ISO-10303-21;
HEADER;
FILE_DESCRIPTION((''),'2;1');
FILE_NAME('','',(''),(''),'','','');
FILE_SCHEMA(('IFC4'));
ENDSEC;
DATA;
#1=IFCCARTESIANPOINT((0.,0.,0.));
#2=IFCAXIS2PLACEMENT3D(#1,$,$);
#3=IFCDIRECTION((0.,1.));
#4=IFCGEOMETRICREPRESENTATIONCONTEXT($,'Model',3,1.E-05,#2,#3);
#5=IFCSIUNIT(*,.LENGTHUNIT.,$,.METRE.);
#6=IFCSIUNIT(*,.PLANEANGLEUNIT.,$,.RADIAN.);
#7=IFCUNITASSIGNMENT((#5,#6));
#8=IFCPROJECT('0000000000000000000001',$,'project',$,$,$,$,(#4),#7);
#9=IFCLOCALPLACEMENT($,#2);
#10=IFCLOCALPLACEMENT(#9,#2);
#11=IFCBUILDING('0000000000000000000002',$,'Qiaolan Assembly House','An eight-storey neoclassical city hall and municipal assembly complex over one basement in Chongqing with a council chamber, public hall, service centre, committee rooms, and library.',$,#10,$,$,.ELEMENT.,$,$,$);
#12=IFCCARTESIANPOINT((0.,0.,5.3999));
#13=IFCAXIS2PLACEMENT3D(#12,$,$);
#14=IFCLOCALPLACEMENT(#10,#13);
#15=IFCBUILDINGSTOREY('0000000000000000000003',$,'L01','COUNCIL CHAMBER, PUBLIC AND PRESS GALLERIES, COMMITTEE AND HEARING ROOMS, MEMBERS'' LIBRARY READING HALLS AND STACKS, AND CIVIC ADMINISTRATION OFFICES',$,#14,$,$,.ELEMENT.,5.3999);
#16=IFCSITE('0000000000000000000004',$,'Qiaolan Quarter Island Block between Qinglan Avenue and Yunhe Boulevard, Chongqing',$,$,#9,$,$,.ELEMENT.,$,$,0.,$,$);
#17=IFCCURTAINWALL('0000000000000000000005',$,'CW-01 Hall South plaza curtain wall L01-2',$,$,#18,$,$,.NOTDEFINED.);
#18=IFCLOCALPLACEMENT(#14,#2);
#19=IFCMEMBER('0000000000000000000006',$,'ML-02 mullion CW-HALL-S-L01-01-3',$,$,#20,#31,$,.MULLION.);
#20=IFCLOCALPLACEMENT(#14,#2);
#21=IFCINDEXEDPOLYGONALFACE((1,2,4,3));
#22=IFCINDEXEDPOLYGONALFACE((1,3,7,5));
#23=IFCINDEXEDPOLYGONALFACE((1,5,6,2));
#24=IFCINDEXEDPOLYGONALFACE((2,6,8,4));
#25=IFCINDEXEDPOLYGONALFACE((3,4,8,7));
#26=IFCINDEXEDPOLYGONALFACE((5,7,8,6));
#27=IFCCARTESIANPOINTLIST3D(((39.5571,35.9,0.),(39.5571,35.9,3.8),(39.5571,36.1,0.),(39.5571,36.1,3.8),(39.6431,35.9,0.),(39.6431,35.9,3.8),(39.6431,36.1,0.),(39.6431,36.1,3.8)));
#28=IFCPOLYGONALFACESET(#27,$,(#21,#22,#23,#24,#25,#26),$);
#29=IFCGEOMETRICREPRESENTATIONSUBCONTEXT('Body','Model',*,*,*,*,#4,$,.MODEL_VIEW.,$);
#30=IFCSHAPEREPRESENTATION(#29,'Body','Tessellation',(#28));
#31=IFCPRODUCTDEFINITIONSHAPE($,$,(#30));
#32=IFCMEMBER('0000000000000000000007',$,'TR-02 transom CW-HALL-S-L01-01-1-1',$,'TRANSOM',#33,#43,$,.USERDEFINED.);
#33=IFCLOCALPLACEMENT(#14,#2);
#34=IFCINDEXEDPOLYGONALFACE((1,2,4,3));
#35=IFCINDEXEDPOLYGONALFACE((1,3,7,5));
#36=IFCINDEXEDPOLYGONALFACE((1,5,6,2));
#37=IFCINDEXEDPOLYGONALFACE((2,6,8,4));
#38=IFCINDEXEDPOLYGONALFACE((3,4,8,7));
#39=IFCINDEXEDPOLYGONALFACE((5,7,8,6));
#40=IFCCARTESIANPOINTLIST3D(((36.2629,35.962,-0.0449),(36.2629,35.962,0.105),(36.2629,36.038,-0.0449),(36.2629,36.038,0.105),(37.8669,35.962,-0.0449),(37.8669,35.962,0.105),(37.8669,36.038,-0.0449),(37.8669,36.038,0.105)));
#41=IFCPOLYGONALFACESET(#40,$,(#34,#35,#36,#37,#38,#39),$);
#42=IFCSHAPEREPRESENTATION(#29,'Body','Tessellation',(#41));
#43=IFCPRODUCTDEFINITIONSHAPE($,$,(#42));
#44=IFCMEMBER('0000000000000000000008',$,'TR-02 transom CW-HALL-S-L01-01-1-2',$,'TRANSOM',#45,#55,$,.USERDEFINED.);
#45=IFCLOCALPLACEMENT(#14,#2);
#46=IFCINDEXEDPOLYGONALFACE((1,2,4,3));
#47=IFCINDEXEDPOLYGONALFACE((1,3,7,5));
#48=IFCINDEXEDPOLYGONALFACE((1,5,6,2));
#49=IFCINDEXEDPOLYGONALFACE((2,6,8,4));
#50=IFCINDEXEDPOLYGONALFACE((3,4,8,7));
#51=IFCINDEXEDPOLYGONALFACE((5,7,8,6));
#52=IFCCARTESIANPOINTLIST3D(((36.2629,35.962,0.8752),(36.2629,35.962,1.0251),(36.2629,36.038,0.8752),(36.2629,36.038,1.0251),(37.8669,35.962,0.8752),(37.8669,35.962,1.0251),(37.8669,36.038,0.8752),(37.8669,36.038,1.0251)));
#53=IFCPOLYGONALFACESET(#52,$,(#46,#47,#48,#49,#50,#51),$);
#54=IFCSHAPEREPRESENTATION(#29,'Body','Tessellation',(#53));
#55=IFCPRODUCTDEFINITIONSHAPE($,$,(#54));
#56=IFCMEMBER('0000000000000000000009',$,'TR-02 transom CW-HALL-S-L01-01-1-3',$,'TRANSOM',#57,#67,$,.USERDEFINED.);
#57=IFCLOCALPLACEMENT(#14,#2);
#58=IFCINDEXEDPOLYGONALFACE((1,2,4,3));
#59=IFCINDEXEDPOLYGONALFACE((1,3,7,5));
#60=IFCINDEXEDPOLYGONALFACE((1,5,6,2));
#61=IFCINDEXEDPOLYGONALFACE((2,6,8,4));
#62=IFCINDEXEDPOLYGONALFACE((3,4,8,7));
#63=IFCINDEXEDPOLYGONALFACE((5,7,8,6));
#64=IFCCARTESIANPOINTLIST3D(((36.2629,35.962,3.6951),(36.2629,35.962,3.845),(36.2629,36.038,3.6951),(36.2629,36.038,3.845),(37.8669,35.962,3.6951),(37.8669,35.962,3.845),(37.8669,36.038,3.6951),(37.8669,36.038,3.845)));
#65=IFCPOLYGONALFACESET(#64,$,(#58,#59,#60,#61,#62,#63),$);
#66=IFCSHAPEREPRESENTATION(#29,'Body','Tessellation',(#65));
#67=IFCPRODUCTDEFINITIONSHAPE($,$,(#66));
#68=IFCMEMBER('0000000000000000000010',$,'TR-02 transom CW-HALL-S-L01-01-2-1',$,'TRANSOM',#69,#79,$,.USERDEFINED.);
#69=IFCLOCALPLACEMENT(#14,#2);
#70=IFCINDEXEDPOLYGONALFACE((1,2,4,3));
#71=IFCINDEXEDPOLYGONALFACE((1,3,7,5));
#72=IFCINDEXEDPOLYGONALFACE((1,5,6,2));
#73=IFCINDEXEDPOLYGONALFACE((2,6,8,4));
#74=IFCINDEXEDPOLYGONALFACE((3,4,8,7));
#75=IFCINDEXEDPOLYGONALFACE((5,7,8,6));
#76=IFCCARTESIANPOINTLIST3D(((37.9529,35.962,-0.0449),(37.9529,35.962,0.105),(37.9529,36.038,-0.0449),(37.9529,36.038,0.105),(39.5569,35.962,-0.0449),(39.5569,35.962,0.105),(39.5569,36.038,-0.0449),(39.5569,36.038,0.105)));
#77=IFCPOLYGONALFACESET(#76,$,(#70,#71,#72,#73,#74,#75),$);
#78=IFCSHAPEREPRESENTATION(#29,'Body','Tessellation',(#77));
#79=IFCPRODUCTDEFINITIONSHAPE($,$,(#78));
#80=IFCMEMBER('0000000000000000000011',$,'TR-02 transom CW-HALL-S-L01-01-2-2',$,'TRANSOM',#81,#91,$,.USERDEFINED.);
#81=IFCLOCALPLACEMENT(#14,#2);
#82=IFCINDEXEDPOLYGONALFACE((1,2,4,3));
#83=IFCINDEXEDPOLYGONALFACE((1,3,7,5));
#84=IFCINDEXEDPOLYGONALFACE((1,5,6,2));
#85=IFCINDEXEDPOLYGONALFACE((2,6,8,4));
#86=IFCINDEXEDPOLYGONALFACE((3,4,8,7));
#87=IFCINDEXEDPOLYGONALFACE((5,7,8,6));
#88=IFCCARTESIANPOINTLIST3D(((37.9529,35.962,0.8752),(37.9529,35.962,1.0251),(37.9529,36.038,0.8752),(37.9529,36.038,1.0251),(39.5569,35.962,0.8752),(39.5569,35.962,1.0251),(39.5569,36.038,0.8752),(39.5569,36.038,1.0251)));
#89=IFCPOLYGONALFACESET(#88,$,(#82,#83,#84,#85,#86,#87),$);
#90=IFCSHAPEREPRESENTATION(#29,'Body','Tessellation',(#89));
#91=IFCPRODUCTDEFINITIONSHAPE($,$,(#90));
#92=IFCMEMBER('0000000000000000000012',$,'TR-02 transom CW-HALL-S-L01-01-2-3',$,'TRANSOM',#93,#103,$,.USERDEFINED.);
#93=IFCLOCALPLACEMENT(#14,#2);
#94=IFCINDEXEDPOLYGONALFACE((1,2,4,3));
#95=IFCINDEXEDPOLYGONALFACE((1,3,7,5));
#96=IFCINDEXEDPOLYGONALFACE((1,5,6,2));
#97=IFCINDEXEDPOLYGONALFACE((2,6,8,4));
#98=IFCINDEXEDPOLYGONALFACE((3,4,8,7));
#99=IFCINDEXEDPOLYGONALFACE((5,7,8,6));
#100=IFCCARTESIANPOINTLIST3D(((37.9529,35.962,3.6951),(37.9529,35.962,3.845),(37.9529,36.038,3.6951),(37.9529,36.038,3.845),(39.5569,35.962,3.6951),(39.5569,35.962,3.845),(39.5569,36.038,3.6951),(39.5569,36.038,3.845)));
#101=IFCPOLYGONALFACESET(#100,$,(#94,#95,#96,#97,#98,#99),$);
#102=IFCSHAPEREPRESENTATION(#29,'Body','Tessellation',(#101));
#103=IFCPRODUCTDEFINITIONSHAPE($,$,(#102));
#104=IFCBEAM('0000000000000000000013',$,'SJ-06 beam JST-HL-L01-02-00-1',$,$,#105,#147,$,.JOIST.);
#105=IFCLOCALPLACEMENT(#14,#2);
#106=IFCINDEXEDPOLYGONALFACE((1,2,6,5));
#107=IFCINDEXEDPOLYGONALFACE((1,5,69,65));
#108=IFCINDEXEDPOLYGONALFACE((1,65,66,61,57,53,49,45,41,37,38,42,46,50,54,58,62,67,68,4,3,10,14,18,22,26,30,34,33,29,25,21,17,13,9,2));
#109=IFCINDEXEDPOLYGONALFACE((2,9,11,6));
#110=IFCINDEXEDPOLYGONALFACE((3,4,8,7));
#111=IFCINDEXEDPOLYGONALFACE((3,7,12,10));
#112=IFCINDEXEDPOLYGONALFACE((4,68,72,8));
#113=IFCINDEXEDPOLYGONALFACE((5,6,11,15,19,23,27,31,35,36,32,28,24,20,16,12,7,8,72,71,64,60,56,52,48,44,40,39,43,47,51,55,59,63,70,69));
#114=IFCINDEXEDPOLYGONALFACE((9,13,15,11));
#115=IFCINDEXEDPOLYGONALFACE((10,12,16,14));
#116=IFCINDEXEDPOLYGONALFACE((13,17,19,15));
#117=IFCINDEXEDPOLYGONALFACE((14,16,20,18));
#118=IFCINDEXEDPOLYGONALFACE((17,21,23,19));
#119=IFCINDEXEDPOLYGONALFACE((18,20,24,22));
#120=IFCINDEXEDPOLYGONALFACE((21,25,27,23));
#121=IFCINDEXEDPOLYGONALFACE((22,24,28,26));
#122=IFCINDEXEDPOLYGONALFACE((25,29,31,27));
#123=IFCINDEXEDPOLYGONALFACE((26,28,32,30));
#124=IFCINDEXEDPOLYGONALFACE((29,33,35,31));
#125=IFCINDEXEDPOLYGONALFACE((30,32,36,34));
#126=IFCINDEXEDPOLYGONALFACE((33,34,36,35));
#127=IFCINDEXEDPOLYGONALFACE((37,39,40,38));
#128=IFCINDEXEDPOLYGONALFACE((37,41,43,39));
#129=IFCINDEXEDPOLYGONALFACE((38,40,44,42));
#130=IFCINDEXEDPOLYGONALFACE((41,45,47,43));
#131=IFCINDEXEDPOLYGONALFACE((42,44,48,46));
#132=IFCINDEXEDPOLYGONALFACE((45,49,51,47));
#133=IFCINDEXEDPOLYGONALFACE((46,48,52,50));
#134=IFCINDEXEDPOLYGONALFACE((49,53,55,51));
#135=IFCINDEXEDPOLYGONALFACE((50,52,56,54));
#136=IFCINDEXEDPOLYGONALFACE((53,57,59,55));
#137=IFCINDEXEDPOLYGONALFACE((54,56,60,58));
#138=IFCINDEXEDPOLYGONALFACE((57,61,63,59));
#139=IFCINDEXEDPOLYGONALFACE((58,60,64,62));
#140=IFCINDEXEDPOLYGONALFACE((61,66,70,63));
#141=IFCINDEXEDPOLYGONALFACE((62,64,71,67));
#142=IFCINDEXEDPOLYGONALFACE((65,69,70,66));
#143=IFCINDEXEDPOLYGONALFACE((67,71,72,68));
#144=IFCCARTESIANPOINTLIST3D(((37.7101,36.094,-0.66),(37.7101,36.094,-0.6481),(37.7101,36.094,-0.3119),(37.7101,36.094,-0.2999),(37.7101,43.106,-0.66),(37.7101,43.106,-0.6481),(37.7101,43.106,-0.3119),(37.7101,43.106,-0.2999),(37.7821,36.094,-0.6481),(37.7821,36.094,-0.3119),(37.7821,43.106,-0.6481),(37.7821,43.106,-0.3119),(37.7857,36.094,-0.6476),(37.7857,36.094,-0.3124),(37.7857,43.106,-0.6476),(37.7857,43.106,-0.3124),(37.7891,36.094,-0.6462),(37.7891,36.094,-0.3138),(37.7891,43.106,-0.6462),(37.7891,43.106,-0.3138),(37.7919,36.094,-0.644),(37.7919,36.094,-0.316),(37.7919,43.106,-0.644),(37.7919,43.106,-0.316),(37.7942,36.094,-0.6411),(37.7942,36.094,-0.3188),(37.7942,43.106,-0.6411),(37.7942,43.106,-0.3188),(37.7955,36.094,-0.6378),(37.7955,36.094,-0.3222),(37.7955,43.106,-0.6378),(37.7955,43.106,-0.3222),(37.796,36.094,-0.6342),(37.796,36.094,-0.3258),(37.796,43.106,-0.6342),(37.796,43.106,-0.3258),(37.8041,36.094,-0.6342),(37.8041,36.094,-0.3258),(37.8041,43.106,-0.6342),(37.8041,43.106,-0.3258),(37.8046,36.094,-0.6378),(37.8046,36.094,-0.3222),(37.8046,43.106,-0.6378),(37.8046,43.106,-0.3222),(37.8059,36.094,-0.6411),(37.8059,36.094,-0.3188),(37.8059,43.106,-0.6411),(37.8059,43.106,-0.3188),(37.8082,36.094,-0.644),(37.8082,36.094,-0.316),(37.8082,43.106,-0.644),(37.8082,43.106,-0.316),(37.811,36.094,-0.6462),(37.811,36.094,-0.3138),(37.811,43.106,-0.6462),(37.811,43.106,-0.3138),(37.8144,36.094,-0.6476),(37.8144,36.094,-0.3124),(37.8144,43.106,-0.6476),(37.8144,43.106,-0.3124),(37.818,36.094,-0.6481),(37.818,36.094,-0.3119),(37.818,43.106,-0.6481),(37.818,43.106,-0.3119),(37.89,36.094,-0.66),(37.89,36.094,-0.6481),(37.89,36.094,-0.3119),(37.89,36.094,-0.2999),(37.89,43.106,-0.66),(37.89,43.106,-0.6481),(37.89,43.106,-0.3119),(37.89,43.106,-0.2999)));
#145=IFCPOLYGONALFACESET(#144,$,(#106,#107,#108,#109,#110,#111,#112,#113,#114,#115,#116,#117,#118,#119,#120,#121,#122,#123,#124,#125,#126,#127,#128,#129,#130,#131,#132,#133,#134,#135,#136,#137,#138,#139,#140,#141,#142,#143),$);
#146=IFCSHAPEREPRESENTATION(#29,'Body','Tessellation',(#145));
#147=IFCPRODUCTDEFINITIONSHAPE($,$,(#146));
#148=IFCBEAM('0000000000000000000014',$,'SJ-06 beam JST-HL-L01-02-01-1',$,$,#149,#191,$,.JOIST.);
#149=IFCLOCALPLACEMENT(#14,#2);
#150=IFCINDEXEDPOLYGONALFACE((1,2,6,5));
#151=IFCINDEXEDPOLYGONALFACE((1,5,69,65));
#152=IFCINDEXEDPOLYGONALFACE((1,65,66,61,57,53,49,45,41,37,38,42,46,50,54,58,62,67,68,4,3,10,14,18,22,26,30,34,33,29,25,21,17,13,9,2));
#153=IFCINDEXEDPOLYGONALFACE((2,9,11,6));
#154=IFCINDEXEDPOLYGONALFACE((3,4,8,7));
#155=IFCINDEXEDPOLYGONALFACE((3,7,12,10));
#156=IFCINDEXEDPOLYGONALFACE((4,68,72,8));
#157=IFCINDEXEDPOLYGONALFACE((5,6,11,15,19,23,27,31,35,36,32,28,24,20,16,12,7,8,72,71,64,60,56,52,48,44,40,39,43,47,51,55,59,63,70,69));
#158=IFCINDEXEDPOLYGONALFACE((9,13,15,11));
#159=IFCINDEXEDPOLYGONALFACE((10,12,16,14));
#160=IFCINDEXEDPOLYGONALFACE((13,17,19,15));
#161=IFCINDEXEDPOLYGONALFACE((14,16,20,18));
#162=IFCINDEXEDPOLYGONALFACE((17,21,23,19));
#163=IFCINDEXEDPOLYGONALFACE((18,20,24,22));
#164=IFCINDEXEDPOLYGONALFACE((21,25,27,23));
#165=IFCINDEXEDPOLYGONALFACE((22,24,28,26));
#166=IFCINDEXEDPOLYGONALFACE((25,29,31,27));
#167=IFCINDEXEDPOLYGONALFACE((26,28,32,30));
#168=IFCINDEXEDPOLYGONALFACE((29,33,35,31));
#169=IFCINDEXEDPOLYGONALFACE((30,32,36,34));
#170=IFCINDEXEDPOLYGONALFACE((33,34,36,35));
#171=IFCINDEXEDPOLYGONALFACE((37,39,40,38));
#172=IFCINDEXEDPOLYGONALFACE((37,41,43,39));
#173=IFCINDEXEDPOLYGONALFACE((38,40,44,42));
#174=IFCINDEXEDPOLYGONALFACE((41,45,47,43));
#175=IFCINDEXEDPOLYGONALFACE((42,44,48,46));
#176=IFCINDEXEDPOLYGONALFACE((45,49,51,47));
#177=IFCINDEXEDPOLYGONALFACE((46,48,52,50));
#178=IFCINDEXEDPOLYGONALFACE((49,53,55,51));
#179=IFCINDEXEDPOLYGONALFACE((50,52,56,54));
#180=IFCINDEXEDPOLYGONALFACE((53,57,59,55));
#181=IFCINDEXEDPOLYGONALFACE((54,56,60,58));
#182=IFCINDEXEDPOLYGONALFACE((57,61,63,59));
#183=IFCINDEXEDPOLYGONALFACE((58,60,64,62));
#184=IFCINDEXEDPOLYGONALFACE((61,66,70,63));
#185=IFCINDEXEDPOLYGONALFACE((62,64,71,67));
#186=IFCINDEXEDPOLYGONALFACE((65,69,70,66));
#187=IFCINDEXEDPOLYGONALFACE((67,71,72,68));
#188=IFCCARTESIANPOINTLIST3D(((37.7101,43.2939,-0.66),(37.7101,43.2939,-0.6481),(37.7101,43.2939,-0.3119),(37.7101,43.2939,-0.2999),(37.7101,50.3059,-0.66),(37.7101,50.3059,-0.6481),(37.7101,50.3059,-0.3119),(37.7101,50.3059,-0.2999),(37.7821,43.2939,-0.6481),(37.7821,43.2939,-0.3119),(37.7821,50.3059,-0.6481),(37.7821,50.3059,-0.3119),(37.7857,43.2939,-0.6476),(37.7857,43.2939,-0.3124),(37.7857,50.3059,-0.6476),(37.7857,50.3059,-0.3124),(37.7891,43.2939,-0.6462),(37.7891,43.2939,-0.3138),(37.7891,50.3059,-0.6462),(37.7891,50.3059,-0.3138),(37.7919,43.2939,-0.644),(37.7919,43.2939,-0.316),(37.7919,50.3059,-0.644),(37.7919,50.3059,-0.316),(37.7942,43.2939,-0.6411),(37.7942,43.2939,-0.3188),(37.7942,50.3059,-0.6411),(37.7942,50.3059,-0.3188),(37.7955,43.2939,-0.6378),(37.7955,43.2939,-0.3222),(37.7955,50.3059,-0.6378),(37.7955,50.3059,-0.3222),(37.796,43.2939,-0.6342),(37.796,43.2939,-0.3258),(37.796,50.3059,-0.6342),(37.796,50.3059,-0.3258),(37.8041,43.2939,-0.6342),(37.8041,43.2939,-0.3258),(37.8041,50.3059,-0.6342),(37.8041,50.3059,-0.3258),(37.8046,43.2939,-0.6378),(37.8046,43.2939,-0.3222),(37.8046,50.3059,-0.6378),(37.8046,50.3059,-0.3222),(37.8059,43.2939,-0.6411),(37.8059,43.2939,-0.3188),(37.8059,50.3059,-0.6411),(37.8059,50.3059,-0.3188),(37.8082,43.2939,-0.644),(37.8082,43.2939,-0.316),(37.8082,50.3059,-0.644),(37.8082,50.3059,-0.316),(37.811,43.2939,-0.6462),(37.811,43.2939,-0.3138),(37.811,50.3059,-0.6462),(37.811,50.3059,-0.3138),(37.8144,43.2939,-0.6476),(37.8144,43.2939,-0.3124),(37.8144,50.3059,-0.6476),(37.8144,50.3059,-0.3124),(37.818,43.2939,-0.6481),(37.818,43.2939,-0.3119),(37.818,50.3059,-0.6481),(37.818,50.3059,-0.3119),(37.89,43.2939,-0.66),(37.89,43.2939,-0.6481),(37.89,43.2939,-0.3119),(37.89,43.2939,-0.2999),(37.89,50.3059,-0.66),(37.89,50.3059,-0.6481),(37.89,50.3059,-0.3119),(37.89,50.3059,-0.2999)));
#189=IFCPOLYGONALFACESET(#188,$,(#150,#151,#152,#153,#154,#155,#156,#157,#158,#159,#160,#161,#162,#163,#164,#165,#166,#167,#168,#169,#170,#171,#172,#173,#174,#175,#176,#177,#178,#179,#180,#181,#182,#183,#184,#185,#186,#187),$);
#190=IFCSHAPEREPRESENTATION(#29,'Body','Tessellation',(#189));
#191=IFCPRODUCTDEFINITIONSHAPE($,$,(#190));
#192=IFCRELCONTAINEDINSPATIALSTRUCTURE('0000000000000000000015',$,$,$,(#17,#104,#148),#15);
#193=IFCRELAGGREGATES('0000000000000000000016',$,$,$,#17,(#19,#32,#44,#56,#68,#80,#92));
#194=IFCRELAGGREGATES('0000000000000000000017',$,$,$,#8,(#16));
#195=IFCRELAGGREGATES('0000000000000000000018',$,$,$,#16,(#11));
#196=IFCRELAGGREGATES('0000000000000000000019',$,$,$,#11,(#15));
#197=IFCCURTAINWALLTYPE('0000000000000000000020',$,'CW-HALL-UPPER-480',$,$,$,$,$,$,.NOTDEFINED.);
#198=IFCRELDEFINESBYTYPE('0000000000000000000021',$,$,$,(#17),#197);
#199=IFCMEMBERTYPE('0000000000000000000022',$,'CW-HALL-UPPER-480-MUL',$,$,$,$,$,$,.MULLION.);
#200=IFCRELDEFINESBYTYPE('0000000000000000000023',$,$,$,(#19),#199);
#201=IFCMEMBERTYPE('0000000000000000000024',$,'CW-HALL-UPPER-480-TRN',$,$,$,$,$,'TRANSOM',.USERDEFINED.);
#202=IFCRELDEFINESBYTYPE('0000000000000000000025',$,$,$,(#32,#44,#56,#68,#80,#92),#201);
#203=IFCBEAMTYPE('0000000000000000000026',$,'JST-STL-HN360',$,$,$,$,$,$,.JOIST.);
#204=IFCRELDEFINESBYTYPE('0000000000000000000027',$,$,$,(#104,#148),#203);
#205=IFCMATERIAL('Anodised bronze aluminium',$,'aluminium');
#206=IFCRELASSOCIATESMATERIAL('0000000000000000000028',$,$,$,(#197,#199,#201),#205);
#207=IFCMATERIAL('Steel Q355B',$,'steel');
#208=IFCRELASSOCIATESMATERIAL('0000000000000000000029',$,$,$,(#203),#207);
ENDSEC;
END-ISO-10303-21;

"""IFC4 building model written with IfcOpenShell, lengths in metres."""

from ifc_helpers import new_model, si_unit, direction, frame, origin, origin_2d, place, context, subcontext, project, spatial, rectangle, i_section, extrude, material, material_profile, profile_set, type_object, element, aggregate, save


model = new_model("IFC4")

# Units and contexts
model_context = context("Model", 3, precision=1e-05, world=origin(), true_north=direction((0.0, 1.0)))
body_context = subcontext(model_context, "Body", "Model", "MODEL_VIEW")
ifc_project = project(units=[si_unit("LENGTHUNIT", "METRE"), si_unit("PLANEANGLEUNIT", "RADIAN")], contexts=[model_context])

# Site, building, storey
site_placement = place(None, origin())
site = spatial("IfcSite", under=ifc_project, at=site_placement, Name="Qiaolan Quarter Island Block between Qinglan Avenue and Yunhe Boulevard, Chongqing", CompositionType="ELEMENT", RefElevation=0.0)
building_placement = place(site_placement, origin())
building = spatial("IfcBuilding", under=site, at=building_placement, Name="Qiaolan Assembly House", Description="An eight-storey neoclassical city hall and municipal assembly complex over one basement in Chongqing with a council chamber, public hall, service centre, committee rooms, and library.", CompositionType="ELEMENT")
storey_placement = place(building_placement, frame((0.0, 0.0, 5.3999)))
storey = spatial("IfcBuildingStorey", under=building, at=storey_placement, Name="L01", Description="COUNCIL CHAMBER, PUBLIC AND PRESS GALLERIES, COMMITTEE AND HEARING ROOMS, MEMBERS' LIBRARY READING HALLS AND STACKS, AND CIVIC ADMINISTRATION OFFICES", CompositionType="ELEMENT", Elevation=5.3999)

# Shared definitions
ifc_material_1 = material(Name="Steel Q355B", Category="steel")

# Shared definitions
ifc_material_2 = material(Name="Anodised bronze aluminium", Category="aluminium")
curtain_wall_type = type_object("IfcCurtainWallType", Name="CW-HALL-UPPER-480", PredefinedType="NOTDEFINED", material=ifc_material_2)
ifc_material_profile_1 = material_profile(ifc_material_2, rectangle(XDim=0.0859, YDim=0.2, at=origin_2d()), Name="MUL 86x200")
ifc_profile_set_1 = profile_set([ifc_material_profile_1], Name="Anodised bronze aluminium")
member_type_1 = type_object("IfcMemberType", Name="CW-HALL-UPPER-480-MUL", PredefinedType="MULLION", material=ifc_profile_set_1)

# Curtain wall, members
curtain_wall_1_placement = place(storey_placement, origin())
curtain_wall_1 = element("IfcCurtainWall", 1, at=curtain_wall_1_placement, inside=storey, type_object=curtain_wall_type, Name="CW-01 Hall South plaza curtain wall L01-2", PredefinedType="NOTDEFINED")
member_1_placement = place(storey_placement, frame((39.6001, 36.0, 0.0), z_axis=(0.0, 0.0, 1.0), x_axis=(1.0, 0.0, 0.0)))
member_1 = element("IfcMember", 2, at=member_1_placement, type_object=member_type_1, Name="ML-02 mullion CW-HALL-S-L01-01-3", PredefinedType="MULLION", context=body_context, shape_type="SweptSolid", body=[
    extrude(rectangle(XDim=0.0859, YDim=0.2, at=origin_2d()), origin(), (0.0, 0.0, 1.0), 3.8),
])
ifc_material_profile_2 = material_profile(ifc_material_2, rectangle(XDim=0.0759, YDim=0.1499, at=origin_2d()), Name="TRN 76x150")
ifc_profile_set_2 = profile_set([ifc_material_profile_2], Name="Anodised bronze aluminium")
member_type_2 = type_object("IfcMemberType", Name="CW-HALL-UPPER-480-TRN", ElementType="TRANSOM", PredefinedType="USERDEFINED", material=ifc_profile_set_2)
member_2_placement = place(storey_placement, frame((36.2629, 36.0, 0.03), z_axis=(1.0, 0.0, 0.0), x_axis=(0.0, 1.0, 0.0)))
member_2 = element("IfcMember", 3, at=member_2_placement, type_object=member_type_2, Name="TR-02 transom CW-HALL-S-L01-01-1-1", ObjectType="TRANSOM", PredefinedType="USERDEFINED", context=body_context, shape_type="SweptSolid", body=[
    extrude(rectangle(XDim=0.0759, YDim=0.1499, at=origin_2d()), origin(), (0.0, 0.0, 1.0), 1.604),
])
member_3_placement = place(storey_placement, frame((36.2629, 36.0, 0.9502), z_axis=(1.0, 0.0, 0.0), x_axis=(0.0, 1.0, 0.0)))
member_3 = element("IfcMember", 4, at=member_3_placement, type_object=member_type_2, Name="TR-02 transom CW-HALL-S-L01-01-1-2", ObjectType="TRANSOM", PredefinedType="USERDEFINED", context=body_context, shape_type="SweptSolid", body=[
    extrude(rectangle(XDim=0.0759, YDim=0.1499, at=origin_2d()), origin(), (0.0, 0.0, 1.0), 1.604),
])
member_4_placement = place(storey_placement, frame((36.2629, 36.0, 3.77), z_axis=(1.0, 0.0, 0.0), x_axis=(0.0, 1.0, 0.0)))
member_4 = element("IfcMember", 5, at=member_4_placement, type_object=member_type_2, Name="TR-02 transom CW-HALL-S-L01-01-1-3", ObjectType="TRANSOM", PredefinedType="USERDEFINED", context=body_context, shape_type="SweptSolid", body=[
    extrude(rectangle(XDim=0.0759, YDim=0.1499, at=origin_2d()), origin(), (0.0, 0.0, 1.0), 1.604),
])
member_5_placement = place(storey_placement, frame((37.9529, 36.0, 0.03), z_axis=(1.0, 0.0, 0.0), x_axis=(0.0, 1.0, 0.0)))
member_5 = element("IfcMember", 6, at=member_5_placement, type_object=member_type_2, Name="TR-02 transom CW-HALL-S-L01-01-2-1", ObjectType="TRANSOM", PredefinedType="USERDEFINED", context=body_context, shape_type="SweptSolid", body=[
    extrude(rectangle(XDim=0.0759, YDim=0.1499, at=origin_2d()), origin(), (0.0, 0.0, 1.0), 1.604),
])
member_6_placement = place(storey_placement, frame((37.9529, 36.0, 0.9502), z_axis=(1.0, 0.0, 0.0), x_axis=(0.0, 1.0, 0.0)))
member_6 = element("IfcMember", 7, at=member_6_placement, type_object=member_type_2, Name="TR-02 transom CW-HALL-S-L01-01-2-2", ObjectType="TRANSOM", PredefinedType="USERDEFINED", context=body_context, shape_type="SweptSolid", body=[
    extrude(rectangle(XDim=0.0759, YDim=0.1499, at=origin_2d()), origin(), (0.0, 0.0, 1.0), 1.604),
])
member_7_placement = place(storey_placement, frame((37.9529, 36.0, 3.77), z_axis=(1.0, 0.0, 0.0), x_axis=(0.0, 1.0, 0.0)))
member_7 = element("IfcMember", 8, at=member_7_placement, type_object=member_type_2, Name="TR-02 transom CW-HALL-S-L01-01-2-3", ObjectType="TRANSOM", PredefinedType="USERDEFINED", context=body_context, shape_type="SweptSolid", body=[
    extrude(rectangle(XDim=0.0759, YDim=0.1499, at=origin_2d()), origin(), (0.0, 0.0, 1.0), 1.604),
])

# Beams
ifc_material_profile_3 = material_profile(ifc_material_1, i_section(OverallWidth=0.1799, OverallDepth=0.3601, WebThickness=0.0081, FlangeThickness=0.012, FilletRadius=0.0139, at=origin_2d()), Name="HN 360x180x8x12")
ifc_profile_set_3 = profile_set([ifc_material_profile_3], Name="Steel Q355B")
beam_type_1 = type_object("IfcBeamType", Name="JST-STL-HN360", PredefinedType="JOIST", material=ifc_profile_set_3)
for number, where, z_axis, x_axis, name in (
    (9, (37.8, 36.094, -0.48), (0.0, 1.0, 0.0), (-1.0, 0.0, 0.0), "SJ-06 beam JST-HL-L01-02-00-1"),
    (10, (37.8, 43.2939, -0.48), (0.0, 1.0, 0.0), (-1.0, 0.0, 0.0), "SJ-06 beam JST-HL-L01-02-01-1"),
):
    element("IfcBeam", number, at=place(storey_placement, frame(where, z_axis=z_axis, x_axis=x_axis)), inside=storey, type_object=beam_type_1, Name=name, PredefinedType="JOIST", context=body_context, shape_type="SweptSolid", body=[
        extrude(i_section(OverallWidth=0.1799, OverallDepth=0.3601, WebThickness=0.0081, FlangeThickness=0.012, FilletRadius=0.0139, at=origin_2d()), origin(), (0.0, 0.0, 1.0), 7.012),
    ])

aggregate(curtain_wall_1, [member_1, member_2, member_3, member_4, member_5, member_6, member_7])

save(model, "model.ifc")
